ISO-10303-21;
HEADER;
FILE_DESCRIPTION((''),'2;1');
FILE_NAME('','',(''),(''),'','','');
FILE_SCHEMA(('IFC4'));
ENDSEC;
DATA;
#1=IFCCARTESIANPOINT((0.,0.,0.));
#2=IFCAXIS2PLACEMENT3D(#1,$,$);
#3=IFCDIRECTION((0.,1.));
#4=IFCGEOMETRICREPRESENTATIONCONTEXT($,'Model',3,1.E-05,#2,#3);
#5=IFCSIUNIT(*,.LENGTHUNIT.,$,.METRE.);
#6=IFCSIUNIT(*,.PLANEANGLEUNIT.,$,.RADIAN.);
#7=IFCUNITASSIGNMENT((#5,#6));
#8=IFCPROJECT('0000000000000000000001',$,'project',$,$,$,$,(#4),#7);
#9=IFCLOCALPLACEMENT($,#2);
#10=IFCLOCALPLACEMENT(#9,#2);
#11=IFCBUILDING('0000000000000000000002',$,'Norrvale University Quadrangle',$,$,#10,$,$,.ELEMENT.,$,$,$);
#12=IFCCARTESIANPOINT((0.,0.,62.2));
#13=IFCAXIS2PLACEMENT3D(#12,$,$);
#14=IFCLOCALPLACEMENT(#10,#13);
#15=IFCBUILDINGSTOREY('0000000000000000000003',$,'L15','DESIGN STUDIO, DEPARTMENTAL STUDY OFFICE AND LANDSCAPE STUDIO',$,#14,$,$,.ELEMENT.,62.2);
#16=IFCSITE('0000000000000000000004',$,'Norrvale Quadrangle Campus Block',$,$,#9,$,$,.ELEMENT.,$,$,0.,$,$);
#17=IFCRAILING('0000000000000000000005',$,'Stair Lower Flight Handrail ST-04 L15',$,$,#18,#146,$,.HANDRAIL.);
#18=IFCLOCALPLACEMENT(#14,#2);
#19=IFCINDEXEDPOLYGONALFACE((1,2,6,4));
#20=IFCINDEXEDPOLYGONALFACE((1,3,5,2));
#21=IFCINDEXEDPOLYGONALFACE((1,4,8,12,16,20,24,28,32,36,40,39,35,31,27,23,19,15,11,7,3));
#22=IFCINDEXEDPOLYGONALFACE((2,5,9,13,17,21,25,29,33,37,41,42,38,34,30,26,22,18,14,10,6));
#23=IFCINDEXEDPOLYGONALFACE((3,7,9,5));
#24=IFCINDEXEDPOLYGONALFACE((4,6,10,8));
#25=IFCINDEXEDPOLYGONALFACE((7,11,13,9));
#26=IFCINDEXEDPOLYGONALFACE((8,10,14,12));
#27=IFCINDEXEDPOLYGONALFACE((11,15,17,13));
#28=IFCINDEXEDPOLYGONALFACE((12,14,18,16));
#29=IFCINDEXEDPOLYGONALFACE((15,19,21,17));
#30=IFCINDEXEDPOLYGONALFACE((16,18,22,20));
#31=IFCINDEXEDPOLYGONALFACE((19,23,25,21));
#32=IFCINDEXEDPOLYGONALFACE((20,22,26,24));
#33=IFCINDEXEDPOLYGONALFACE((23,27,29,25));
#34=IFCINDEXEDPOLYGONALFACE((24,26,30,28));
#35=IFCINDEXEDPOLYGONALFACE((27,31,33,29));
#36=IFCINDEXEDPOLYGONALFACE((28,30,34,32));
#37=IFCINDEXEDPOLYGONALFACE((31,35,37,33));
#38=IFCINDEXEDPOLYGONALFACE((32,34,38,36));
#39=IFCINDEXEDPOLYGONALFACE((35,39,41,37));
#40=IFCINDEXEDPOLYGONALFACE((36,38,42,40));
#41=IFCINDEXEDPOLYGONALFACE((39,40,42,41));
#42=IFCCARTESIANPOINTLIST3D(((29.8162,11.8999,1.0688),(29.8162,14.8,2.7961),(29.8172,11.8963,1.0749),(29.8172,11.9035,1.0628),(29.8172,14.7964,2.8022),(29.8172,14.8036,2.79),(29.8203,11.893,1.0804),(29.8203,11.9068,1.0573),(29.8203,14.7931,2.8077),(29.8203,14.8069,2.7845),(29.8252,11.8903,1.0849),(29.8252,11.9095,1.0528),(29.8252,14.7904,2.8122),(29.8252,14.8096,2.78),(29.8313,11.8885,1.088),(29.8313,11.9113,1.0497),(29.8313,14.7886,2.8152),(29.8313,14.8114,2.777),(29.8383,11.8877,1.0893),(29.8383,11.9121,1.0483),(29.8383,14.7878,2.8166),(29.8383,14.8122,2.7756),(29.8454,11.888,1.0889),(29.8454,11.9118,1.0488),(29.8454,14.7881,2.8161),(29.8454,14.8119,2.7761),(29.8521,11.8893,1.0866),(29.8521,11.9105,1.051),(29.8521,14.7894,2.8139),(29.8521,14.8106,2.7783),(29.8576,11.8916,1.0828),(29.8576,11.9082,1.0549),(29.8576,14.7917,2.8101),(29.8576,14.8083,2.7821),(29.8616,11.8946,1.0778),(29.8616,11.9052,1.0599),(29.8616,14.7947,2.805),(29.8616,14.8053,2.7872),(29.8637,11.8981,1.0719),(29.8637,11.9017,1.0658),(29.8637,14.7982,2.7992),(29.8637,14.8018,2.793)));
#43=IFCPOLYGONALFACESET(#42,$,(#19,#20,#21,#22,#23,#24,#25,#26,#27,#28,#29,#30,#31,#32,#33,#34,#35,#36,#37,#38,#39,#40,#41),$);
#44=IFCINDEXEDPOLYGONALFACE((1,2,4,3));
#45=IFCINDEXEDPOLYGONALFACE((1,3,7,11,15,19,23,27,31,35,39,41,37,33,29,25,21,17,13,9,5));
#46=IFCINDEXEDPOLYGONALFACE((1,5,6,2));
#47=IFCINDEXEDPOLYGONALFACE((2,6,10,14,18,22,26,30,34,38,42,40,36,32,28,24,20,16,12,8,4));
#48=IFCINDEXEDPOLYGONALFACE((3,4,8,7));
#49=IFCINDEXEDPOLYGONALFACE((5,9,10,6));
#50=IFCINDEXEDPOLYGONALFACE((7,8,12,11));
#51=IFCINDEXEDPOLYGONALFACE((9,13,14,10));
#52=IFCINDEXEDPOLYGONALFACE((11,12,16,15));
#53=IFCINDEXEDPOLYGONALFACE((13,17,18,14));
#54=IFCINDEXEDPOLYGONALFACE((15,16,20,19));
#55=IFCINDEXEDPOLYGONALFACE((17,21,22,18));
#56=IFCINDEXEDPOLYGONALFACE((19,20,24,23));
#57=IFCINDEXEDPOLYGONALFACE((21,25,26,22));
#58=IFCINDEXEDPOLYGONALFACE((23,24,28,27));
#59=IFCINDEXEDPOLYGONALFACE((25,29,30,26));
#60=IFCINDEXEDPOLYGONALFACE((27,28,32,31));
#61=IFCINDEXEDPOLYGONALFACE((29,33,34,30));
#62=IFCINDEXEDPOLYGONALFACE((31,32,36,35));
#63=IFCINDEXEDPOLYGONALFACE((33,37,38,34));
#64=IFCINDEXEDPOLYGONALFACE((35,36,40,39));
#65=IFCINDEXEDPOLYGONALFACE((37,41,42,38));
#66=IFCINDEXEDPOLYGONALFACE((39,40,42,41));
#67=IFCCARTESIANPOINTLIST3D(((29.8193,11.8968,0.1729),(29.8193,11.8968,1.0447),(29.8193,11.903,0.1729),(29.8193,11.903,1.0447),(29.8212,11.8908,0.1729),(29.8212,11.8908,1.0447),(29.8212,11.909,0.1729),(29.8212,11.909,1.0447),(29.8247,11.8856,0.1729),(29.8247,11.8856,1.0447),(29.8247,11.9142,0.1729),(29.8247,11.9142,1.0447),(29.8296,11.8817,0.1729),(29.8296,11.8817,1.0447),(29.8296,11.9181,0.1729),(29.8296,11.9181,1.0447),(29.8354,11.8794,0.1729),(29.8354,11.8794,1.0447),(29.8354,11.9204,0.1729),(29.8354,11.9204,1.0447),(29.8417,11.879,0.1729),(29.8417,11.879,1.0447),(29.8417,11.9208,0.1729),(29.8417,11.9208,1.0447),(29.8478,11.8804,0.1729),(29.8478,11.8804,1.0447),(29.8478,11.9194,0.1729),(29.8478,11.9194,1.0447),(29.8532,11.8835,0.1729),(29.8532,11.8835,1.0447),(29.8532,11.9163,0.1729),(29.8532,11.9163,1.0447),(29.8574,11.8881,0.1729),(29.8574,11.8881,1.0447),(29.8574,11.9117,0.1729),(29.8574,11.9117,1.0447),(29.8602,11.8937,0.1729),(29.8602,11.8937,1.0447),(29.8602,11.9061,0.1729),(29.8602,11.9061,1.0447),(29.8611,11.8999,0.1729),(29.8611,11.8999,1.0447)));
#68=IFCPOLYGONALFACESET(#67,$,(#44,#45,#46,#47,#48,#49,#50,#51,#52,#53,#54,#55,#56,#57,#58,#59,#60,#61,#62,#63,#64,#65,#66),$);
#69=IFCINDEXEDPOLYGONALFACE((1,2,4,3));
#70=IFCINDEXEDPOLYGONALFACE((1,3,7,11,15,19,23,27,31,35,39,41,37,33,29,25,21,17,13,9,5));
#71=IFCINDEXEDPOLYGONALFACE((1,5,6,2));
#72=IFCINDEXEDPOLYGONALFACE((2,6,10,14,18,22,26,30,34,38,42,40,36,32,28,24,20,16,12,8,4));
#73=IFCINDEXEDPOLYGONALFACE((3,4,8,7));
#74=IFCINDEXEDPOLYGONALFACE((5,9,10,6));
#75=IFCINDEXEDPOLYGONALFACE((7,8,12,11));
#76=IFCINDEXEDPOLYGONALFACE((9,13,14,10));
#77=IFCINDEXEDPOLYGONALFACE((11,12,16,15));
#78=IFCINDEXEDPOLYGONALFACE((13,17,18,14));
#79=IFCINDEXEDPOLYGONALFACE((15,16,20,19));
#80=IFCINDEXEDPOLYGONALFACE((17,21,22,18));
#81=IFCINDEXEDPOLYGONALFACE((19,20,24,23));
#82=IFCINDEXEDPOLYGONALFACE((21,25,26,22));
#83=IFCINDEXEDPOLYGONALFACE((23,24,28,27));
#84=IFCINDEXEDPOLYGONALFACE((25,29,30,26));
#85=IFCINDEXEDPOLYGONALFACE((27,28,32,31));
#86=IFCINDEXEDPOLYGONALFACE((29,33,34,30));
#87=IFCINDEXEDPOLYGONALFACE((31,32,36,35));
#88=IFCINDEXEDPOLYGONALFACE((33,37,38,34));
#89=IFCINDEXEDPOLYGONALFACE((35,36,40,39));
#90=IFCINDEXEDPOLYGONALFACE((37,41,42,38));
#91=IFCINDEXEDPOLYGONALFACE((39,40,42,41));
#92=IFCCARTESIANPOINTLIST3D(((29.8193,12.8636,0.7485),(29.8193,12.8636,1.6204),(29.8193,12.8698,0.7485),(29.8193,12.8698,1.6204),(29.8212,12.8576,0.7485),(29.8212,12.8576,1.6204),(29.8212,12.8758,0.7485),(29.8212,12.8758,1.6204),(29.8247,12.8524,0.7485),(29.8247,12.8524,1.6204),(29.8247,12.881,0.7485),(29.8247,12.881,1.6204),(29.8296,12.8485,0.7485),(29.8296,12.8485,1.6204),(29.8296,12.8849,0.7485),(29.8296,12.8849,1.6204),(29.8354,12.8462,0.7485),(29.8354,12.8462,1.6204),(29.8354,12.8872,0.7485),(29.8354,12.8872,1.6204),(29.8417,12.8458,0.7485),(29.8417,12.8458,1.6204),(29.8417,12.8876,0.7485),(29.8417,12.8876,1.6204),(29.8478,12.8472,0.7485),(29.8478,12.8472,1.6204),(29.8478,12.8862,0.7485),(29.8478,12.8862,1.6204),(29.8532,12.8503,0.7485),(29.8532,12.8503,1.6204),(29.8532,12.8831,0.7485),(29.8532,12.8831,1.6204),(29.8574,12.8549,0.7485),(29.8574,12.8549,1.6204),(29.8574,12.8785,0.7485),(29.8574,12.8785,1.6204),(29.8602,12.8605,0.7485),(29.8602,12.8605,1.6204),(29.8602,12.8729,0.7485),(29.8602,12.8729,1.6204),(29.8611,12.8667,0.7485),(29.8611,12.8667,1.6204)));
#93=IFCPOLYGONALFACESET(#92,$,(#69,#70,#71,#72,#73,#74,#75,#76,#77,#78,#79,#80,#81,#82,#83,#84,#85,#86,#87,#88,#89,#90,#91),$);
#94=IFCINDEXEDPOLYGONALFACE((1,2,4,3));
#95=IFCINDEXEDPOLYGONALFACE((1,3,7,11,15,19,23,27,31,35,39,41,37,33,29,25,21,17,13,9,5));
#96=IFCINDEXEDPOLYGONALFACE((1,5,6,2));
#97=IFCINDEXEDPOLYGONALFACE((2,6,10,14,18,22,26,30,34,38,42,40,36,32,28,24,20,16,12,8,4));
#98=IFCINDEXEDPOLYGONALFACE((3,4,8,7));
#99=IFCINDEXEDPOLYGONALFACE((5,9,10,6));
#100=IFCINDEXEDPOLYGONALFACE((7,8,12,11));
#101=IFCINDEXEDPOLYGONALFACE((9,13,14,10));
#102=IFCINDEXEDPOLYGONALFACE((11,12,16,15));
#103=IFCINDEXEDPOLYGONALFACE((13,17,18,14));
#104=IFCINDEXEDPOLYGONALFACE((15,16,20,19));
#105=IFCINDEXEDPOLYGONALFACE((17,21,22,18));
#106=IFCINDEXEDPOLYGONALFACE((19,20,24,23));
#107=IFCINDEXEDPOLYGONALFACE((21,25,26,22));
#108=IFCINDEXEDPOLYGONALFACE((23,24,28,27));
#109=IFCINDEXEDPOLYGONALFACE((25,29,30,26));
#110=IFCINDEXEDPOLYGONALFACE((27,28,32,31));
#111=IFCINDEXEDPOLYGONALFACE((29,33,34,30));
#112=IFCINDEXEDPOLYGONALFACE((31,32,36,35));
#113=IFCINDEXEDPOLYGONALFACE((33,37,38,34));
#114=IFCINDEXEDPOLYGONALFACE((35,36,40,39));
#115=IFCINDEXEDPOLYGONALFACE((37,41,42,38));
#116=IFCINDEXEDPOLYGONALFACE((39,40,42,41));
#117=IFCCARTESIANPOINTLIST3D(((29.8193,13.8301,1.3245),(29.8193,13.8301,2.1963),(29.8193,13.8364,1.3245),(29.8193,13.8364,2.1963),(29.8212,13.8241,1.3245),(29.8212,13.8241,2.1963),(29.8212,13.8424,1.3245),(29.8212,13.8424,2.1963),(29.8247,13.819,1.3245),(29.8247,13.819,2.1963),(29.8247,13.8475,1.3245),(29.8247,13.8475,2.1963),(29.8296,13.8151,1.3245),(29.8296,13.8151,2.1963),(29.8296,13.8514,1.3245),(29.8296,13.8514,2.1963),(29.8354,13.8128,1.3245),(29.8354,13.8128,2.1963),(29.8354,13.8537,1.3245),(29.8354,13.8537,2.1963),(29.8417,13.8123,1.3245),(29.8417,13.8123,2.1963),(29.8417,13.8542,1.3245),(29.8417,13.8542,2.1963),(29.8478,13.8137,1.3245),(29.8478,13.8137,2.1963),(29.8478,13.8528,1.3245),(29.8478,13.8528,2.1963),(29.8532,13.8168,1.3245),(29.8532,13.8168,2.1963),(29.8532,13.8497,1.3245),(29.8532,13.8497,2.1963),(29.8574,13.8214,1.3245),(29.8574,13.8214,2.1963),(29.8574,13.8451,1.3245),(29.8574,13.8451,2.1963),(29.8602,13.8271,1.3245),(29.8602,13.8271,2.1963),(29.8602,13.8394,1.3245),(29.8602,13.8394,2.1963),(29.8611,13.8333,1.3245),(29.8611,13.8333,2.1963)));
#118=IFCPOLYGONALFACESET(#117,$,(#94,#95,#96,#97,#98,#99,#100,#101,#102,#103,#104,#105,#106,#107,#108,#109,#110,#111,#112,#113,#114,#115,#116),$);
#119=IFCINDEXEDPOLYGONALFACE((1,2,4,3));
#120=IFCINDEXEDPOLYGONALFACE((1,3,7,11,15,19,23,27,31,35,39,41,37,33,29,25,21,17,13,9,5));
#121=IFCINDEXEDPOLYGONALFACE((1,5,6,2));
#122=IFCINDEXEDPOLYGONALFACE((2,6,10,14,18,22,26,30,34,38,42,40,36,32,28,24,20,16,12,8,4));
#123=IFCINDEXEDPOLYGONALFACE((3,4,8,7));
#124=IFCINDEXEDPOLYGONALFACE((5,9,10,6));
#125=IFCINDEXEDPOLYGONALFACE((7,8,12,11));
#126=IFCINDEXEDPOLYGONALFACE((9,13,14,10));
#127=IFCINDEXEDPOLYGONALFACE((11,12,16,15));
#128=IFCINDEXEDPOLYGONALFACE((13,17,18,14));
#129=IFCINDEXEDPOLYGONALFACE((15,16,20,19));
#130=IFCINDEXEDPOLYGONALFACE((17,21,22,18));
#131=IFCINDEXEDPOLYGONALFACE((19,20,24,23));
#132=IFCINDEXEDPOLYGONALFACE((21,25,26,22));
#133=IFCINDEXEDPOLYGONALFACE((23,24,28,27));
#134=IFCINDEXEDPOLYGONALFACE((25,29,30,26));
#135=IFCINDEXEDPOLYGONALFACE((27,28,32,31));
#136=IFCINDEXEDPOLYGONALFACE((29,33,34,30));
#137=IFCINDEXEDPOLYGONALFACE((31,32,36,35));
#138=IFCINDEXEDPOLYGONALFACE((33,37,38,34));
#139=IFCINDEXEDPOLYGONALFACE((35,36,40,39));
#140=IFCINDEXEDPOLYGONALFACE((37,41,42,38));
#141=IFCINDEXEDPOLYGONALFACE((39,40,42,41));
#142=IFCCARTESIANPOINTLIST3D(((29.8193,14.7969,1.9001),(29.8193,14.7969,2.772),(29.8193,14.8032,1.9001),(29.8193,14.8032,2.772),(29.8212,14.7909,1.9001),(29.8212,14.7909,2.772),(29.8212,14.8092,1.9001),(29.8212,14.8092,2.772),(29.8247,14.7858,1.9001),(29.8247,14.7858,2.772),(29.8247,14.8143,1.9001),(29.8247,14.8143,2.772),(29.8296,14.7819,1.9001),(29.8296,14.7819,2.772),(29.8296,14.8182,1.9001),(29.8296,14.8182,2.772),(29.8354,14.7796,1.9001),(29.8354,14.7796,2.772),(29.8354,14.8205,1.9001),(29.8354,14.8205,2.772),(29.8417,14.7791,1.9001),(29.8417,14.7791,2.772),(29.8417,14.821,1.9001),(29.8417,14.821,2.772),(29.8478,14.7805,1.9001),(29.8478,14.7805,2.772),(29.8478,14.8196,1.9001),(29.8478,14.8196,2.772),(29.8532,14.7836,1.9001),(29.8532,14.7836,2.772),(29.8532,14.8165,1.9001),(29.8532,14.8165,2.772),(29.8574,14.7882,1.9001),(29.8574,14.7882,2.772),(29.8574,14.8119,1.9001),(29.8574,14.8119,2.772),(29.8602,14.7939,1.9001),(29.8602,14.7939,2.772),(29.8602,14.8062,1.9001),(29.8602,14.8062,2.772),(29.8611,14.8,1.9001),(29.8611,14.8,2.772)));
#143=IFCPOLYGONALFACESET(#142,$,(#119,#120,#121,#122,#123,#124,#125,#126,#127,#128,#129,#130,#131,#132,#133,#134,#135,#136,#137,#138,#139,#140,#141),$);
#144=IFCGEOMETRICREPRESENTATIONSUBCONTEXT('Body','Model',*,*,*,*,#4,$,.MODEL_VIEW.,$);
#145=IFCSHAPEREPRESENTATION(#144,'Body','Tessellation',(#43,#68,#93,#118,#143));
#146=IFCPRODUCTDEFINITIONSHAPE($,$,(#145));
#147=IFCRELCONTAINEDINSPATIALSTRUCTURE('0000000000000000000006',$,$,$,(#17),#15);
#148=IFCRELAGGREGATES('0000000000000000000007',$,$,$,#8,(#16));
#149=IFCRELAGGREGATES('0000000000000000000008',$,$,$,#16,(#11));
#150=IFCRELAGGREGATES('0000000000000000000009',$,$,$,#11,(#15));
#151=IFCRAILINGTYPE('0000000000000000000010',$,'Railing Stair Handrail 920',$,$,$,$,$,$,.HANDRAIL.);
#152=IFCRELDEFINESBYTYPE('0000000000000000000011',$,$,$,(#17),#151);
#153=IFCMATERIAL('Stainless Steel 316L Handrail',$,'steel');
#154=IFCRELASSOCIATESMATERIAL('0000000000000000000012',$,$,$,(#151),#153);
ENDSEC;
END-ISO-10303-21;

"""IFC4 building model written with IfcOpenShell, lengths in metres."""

from ifc_helpers import new_model, si_unit, direction, frame, origin, origin_2d, place, context, subcontext, project, spatial, circle, extrude, material, type_object, element, save


model = new_model("IFC4")

# Units and contexts
model_context = context("Model", 3, precision=1e-05, world=origin(), true_north=direction((0.0, 1.0)))
body_context = subcontext(model_context, "Body", "Model", "MODEL_VIEW")
ifc_project = project(units=[si_unit("LENGTHUNIT", "METRE"), si_unit("PLANEANGLEUNIT", "RADIAN")], contexts=[model_context])

# Site, building, storey
site_placement = place(None, origin())
site = spatial("IfcSite", under=ifc_project, at=site_placement, Name="Norrvale Quadrangle Campus Block", CompositionType="ELEMENT", RefElevation=0.0)
building_placement = place(site_placement, origin())
building = spatial("IfcBuilding", under=site, at=building_placement, Name="Norrvale University Quadrangle", CompositionType="ELEMENT")
storey_placement = place(building_placement, frame((0.0, 0.0, 62.2)))
storey = spatial("IfcBuildingStorey", under=building, at=storey_placement, Name="L15", Description="DESIGN STUDIO, DEPARTMENTAL STUDY OFFICE AND LANDSCAPE STUDIO", CompositionType="ELEMENT", Elevation=62.2)

# Railing
ifc_material_1 = material(Name="Stainless Steel 316L Handrail", Category="steel")
railing_type_1 = type_object("IfcRailingType", Name="Railing Stair Handrail 920", PredefinedType="HANDRAIL", material=ifc_material_1)
railing_1_placement = place(storey_placement, frame((29.8401, 11.8999, 0.1729)))
element("IfcRailing", 1, at=railing_1_placement, inside=storey, type_object=railing_type_1, Name="Stair Lower Flight Handrail ST-04 L15", PredefinedType="HANDRAIL", context=body_context, shape_type="SweptSolid", body=[
    extrude(circle(Radius=0.0239, at=origin_2d()), frame((0.0, 0.0, 0.896), z_axis=(0.0, 0.85916, 0.511706), x_axis=(-1.0, 0.0, 0.0)), (0.0, 0.0, 1.0), 3.3755),
    extrude(circle(Radius=0.021, at=origin_2d()), origin(), (0.0, 0.0, 1.0), 0.8718),
    extrude(circle(Radius=0.021, at=origin_2d()), frame((0.0, 0.9668, 0.5757)), (0.0, 0.0, 1.0), 0.8718),
    extrude(circle(Radius=0.021, at=origin_2d()), frame((0.0, 1.9333, 1.1516)), (0.0, 0.0, 1.0), 0.8718),
    extrude(circle(Radius=0.021, at=origin_2d()), frame((0.0, 2.9001, 1.7273)), (0.0, 0.0, 1.0), 0.8718),
])

save(model, "model.ifc")
